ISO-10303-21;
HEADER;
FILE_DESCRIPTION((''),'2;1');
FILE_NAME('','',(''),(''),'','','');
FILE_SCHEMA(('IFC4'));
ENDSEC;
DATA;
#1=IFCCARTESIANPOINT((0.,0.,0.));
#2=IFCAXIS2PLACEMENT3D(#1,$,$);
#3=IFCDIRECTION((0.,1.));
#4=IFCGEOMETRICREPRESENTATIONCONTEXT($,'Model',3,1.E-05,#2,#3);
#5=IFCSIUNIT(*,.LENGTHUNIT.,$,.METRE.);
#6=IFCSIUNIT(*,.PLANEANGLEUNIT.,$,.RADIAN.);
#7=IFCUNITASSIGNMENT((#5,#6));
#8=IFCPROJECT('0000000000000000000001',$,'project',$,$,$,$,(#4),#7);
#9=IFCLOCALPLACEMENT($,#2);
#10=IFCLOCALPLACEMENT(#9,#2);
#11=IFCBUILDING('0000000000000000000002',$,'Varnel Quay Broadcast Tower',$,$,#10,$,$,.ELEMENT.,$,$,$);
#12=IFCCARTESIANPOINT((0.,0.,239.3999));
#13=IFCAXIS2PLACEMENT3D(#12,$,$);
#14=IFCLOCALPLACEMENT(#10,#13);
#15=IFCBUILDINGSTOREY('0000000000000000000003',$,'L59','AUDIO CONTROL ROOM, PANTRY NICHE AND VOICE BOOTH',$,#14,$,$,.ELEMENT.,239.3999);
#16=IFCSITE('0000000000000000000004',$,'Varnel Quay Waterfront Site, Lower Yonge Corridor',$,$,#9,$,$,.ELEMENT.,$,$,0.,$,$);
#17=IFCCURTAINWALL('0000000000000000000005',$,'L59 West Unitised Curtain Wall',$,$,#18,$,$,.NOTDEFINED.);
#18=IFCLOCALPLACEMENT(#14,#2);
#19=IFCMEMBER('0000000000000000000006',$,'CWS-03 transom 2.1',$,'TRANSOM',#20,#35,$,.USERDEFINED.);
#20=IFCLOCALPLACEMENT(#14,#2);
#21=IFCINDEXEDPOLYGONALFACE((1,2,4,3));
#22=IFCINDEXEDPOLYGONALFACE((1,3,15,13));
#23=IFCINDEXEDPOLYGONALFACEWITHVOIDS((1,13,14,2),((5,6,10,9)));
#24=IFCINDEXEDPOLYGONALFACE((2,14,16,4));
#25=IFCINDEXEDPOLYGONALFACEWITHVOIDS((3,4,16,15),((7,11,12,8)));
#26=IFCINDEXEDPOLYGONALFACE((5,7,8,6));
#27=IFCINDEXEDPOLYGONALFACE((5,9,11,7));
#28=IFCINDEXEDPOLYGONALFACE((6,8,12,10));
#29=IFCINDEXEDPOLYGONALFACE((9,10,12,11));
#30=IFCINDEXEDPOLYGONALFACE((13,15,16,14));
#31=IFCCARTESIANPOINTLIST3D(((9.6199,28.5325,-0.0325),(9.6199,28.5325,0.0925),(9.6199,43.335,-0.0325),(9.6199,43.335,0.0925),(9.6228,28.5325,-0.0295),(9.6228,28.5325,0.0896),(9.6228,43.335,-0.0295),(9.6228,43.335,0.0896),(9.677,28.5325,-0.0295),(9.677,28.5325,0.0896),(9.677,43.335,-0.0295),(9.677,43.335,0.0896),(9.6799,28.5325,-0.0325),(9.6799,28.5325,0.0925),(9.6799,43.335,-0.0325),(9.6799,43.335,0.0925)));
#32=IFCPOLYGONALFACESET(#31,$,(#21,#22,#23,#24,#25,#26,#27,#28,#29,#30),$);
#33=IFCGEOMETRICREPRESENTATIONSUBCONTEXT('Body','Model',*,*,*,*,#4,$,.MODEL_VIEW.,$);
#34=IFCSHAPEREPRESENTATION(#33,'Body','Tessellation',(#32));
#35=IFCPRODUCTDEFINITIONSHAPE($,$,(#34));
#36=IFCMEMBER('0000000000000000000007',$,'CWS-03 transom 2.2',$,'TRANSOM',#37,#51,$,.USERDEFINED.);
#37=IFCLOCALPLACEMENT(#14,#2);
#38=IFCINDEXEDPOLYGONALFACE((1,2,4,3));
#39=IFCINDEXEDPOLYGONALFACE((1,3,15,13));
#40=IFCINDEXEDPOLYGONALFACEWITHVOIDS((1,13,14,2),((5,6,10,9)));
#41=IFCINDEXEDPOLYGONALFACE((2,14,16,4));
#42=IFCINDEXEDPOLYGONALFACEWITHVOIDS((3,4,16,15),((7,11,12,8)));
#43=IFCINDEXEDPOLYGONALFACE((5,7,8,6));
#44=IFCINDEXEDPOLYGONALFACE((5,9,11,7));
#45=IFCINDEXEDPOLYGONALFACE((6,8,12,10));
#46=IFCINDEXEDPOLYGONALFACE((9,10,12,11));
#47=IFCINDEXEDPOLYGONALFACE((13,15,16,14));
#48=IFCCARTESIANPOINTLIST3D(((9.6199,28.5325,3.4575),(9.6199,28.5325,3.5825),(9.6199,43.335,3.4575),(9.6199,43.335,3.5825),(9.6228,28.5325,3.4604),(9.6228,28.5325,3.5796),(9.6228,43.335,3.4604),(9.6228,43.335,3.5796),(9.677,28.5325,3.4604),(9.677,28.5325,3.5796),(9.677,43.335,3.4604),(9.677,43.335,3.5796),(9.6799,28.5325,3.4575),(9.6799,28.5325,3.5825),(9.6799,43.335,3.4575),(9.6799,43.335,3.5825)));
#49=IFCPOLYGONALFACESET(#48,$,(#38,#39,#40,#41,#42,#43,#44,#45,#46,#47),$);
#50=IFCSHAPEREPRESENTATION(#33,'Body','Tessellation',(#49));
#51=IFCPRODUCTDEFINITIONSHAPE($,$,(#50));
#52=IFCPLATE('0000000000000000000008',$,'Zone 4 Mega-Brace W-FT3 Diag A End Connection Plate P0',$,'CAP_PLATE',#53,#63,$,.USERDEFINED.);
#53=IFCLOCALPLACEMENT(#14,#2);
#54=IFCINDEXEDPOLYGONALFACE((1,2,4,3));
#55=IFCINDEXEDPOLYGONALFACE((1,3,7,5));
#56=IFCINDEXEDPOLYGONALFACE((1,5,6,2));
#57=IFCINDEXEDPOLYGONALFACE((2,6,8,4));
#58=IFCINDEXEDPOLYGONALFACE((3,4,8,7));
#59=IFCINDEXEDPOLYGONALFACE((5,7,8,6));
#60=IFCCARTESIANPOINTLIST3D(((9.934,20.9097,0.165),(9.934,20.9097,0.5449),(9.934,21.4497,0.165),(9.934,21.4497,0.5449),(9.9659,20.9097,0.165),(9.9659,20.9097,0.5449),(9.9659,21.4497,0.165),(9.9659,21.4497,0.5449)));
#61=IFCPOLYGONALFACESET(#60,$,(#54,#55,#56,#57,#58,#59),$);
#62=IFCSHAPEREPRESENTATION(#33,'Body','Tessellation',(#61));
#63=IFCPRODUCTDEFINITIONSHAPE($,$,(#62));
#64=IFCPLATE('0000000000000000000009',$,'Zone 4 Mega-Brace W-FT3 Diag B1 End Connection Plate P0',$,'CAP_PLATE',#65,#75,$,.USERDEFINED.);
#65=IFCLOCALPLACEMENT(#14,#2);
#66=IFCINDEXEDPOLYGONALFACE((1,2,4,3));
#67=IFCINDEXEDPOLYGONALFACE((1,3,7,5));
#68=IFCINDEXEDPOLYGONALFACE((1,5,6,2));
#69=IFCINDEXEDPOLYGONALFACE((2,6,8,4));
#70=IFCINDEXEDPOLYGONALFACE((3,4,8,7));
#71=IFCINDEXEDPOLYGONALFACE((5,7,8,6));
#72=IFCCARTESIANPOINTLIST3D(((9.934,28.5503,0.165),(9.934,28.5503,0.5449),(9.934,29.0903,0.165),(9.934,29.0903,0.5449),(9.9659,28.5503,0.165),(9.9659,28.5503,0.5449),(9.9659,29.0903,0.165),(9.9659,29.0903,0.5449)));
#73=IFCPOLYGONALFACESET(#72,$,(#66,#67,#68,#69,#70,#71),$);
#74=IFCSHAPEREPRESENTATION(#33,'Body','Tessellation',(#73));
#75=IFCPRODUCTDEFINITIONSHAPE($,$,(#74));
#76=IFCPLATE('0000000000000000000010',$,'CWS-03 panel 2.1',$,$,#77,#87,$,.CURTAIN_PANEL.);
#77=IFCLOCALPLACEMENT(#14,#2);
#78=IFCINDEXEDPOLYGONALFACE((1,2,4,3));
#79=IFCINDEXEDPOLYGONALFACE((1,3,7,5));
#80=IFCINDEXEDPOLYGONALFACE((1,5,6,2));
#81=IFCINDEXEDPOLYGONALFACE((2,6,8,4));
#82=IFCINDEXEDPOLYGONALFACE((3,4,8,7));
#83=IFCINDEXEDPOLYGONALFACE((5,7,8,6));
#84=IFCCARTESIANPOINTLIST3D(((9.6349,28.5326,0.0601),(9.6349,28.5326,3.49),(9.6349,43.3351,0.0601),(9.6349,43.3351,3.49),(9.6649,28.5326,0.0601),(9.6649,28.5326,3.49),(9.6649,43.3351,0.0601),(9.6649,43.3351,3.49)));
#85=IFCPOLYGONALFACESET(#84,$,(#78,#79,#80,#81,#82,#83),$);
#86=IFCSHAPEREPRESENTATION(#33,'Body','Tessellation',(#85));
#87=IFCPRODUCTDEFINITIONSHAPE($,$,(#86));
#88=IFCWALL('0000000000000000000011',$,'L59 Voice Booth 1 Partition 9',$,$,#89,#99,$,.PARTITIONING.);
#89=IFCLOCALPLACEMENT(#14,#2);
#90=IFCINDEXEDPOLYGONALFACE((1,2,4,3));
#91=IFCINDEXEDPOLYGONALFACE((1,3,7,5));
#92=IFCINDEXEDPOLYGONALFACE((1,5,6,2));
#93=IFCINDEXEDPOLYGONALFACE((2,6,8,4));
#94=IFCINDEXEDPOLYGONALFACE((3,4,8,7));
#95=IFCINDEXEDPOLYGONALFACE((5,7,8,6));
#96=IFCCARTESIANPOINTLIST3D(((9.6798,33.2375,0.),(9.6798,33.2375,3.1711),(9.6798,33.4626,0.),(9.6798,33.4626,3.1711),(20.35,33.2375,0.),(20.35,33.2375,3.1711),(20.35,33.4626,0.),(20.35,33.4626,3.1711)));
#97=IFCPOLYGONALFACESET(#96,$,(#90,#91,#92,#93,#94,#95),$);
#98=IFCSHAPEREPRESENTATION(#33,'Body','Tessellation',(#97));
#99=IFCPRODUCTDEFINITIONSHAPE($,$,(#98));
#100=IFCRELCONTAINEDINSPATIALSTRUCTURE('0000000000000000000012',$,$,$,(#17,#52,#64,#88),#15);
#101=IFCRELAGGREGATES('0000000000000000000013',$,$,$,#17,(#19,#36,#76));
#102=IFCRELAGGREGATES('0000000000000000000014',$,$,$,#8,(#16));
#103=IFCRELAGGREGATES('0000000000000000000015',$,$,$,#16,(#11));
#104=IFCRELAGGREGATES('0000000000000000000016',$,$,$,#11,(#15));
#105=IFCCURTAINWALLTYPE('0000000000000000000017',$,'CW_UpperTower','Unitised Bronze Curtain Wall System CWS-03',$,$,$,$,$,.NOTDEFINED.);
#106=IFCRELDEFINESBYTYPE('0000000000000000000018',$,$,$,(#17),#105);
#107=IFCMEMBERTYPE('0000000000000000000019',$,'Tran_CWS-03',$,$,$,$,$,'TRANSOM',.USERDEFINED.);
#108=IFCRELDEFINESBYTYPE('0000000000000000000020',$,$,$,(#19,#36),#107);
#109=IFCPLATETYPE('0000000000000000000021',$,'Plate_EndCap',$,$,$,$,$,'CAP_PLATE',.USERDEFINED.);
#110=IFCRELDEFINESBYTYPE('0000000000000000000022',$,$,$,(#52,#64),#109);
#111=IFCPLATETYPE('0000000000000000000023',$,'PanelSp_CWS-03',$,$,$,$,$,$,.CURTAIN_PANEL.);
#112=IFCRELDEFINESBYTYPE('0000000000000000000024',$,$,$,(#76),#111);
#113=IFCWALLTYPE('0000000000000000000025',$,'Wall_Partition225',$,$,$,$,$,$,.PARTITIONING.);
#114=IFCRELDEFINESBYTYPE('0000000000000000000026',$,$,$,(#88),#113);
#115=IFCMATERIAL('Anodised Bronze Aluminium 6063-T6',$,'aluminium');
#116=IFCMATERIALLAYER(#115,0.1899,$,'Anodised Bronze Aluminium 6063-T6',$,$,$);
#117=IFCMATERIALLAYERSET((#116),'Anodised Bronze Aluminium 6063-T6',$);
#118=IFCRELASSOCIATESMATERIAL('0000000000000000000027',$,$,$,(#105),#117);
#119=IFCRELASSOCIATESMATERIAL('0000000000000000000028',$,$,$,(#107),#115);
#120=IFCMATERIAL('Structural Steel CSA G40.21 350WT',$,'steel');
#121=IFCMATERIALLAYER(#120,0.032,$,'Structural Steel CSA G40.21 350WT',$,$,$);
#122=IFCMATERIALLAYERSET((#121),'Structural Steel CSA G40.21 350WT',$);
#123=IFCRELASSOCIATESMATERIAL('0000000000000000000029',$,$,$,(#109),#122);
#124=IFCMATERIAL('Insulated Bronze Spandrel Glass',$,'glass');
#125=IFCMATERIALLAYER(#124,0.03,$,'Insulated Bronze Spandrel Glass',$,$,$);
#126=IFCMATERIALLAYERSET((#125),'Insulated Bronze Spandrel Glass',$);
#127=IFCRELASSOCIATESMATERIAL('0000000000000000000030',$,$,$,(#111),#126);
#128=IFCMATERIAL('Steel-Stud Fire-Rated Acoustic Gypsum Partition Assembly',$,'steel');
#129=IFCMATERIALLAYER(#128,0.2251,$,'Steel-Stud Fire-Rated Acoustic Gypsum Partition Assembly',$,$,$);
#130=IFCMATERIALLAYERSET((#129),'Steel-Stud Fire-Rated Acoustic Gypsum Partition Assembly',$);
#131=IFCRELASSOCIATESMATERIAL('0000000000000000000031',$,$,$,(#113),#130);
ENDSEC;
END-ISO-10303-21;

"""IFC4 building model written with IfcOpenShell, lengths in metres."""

from ifc_helpers import new_model, si_unit, direction, frame, frame_2d, origin, origin_2d, place, context, subcontext, project, spatial, rectangle, hollow_rectangle, extrude, source, transform, mapped, material, layer, layer_set, material_profile, profile_set, type_object, type_shapes, element, aggregate, save


model = new_model("IFC4")

# Units and contexts
model_context = context("Model", 3, precision=1e-05, world=origin(), true_north=direction((0.0, 1.0)))
body_context = subcontext(model_context, "Body", "Model", "MODEL_VIEW")
ifc_project = project(units=[si_unit("LENGTHUNIT", "METRE"), si_unit("PLANEANGLEUNIT", "RADIAN")], contexts=[model_context])

# Site, building, storey
site_placement = place(None, origin())
site = spatial("IfcSite", under=ifc_project, at=site_placement, Name="Varnel Quay Waterfront Site, Lower Yonge Corridor", CompositionType="ELEMENT", RefElevation=0.0)
building_placement = place(site_placement, origin())
building = spatial("IfcBuilding", under=site, at=building_placement, Name="Varnel Quay Broadcast Tower", CompositionType="ELEMENT")
storey_placement = place(building_placement, frame((0.0, 0.0, 239.3999)))
storey = spatial("IfcBuildingStorey", under=building, at=storey_placement, Name="L59", Description="AUDIO CONTROL ROOM, PANTRY NICHE AND VOICE BOOTH", CompositionType="ELEMENT", Elevation=239.3999)

# Curtain wall, members
ifc_material_1 = material(Name="Anodised Bronze Aluminium 6063-T6", Category="aluminium")
ifc_layer_1 = layer(ifc_material_1, 0.1899, Name="Anodised Bronze Aluminium 6063-T6")
ifc_layer_set_1 = layer_set([ifc_layer_1], Name="Anodised Bronze Aluminium 6063-T6")
curtain_wall_type = type_object("IfcCurtainWallType", Name="CW_UpperTower", Description="Unitised Bronze Curtain Wall System CWS-03", PredefinedType="NOTDEFINED", material=ifc_layer_set_1)
curtain_wall_placement = place(storey_placement, origin())
curtain_wall = element("IfcCurtainWall", 1, at=curtain_wall_placement, inside=storey, type_object=curtain_wall_type, Name="L59 West Unitised Curtain Wall", PredefinedType="NOTDEFINED")
ifc_material_profile_1 = material_profile(ifc_material_1, hollow_rectangle(XDim=0.0601, YDim=0.125, WallThickness=0.0029, at=origin_2d()), Name="ALU60X125X3")
ifc_profile_set_1 = profile_set([ifc_material_profile_1], Name="Anodised Bronze Aluminium 6063-T6")
member_type_1 = type_object("IfcMemberType", Name="Tran_CWS-03", ElementType="TRANSOM", PredefinedType="USERDEFINED", material=ifc_profile_set_1)
shared_shape_1 = source(origin(), body_context, "Body", "SweptSolid", [
    extrude(hollow_rectangle(XDim=0.0601, YDim=0.125, WallThickness=0.0029, at=origin_2d()), origin(), (0.0, 0.0, 1.0), 14.8025),
])
type_shapes(member_type_1, [shared_shape_1])
member_1_placement = place(storey_placement, frame((9.6499, 28.5325, 0.03), z_axis=(0.0, 1.0, 0.0), x_axis=(-1.0, 0.0, 0.0)))
member_1 = element("IfcMember", 2, at=member_1_placement, type_object=member_type_1, Name="CWS-03 transom 2.1", ObjectType="TRANSOM", PredefinedType="USERDEFINED", context=body_context, shape_type="MappedRepresentation", body=[
    mapped(shared_shape_1, transform((0.0, 0.0, 0.0), x_axis=(1.0, 0.0, 0.0), y_axis=(0.0, 1.0, 0.0), z_axis=(0.0, 0.0, 1.0), scale=1.0)),
])
member_2_placement = place(storey_placement, frame((9.6499, 28.5325, 3.52), z_axis=(0.0, 1.0, 0.0), x_axis=(-1.0, 0.0, 0.0)))
member_2 = element("IfcMember", 3, at=member_2_placement, type_object=member_type_1, Name="CWS-03 transom 2.2", ObjectType="TRANSOM", PredefinedType="USERDEFINED", context=body_context, shape_type="MappedRepresentation", body=[
    mapped(shared_shape_1, transform((0.0, 0.0, 0.0), x_axis=(1.0, 0.0, 0.0), y_axis=(0.0, 1.0, 0.0), z_axis=(0.0, 0.0, 1.0), scale=1.0)),
])

# Plates
ifc_material_2 = material(Name="Structural Steel CSA G40.21 350WT", Category="steel")
ifc_layer_2 = layer(ifc_material_2, 0.032, Name="Structural Steel CSA G40.21 350WT")
ifc_layer_set_2 = layer_set([ifc_layer_2], Name="Structural Steel CSA G40.21 350WT")
plate_type_1 = type_object("IfcPlateType", Name="Plate_EndCap", ElementType="CAP_PLATE", PredefinedType="USERDEFINED", material=ifc_layer_set_2)
shared_shape_2 = source(origin(), body_context, "Body", "SweptSolid", [
    extrude(rectangle(XDim=0.54, YDim=0.032, at=origin_2d()), origin(), (0.0, 0.0, 1.0), 0.3799),
])
type_shapes(plate_type_1, [shared_shape_2])
for number, where, z_axis, x_axis, name in (
    (4, (9.95, 21.1797, 0.165), (0.0, 0.0, 1.0), (0.0, 1.0, 0.0), "Zone 4 Mega-Brace W-FT3 Diag A End Connection Plate P0"),
    (5, (9.95, 28.8203, 0.165), (0.0, 0.0, 1.0), (0.0, 1.0, 0.0), "Zone 4 Mega-Brace W-FT3 Diag B1 End Connection Plate P0"),
):
    element("IfcPlate", number, at=place(storey_placement, frame(where, z_axis=z_axis, x_axis=x_axis)), inside=storey, type_object=plate_type_1, Name=name, ObjectType="CAP_PLATE", PredefinedType="USERDEFINED", context=body_context, shape_type="MappedRepresentation", body=[
        mapped(shared_shape_2, transform((0.0, 0.0, 0.0), x_axis=(1.0, 0.0, 0.0), y_axis=(0.0, 1.0, 0.0), z_axis=(0.0, 0.0, 1.0), scale=1.0)),
    ])

# Plate
ifc_material_3 = material(Name="Insulated Bronze Spandrel Glass", Category="glass")
ifc_layer_3 = layer(ifc_material_3, 0.03, Name="Insulated Bronze Spandrel Glass")
ifc_layer_set_3 = layer_set([ifc_layer_3], Name="Insulated Bronze Spandrel Glass")
plate_type_2 = type_object("IfcPlateType", Name="PanelSp_CWS-03", PredefinedType="CURTAIN_PANEL", material=ifc_layer_set_3)
shared_shape_3 = source(origin(), body_context, "Body", "SweptSolid", [
    extrude(rectangle(XDim=14.8025, YDim=0.03, at=origin_2d()), origin(), (0.0, 0.0, 1.0), 3.4299),
])
type_shapes(plate_type_2, [shared_shape_3])
plate_placement = place(storey_placement, frame((9.6499, 35.9338, 0.0601), z_axis=(0.0, 0.0, 1.0), x_axis=(0.0, 1.0, 0.0)))
plate = element("IfcPlate", 6, at=plate_placement, type_object=plate_type_2, Name="CWS-03 panel 2.1", PredefinedType="CURTAIN_PANEL", context=body_context, shape_type="MappedRepresentation", body=[
    mapped(shared_shape_3, transform((0.0, 0.0, 0.0), x_axis=(1.0, 0.0, 0.0), y_axis=(0.0, 1.0, 0.0), z_axis=(0.0, 0.0, 1.0), scale=1.0)),
])
aggregate(curtain_wall, [member_1, member_2, plate])

# Wall
ifc_material_4 = material(Name="Steel-Stud Fire-Rated Acoustic Gypsum Partition Assembly", Category="steel")
ifc_layer_4 = layer(ifc_material_4, 0.2251, Name="Steel-Stud Fire-Rated Acoustic Gypsum Partition Assembly")
ifc_layer_set_4 = layer_set([ifc_layer_4], Name="Steel-Stud Fire-Rated Acoustic Gypsum Partition Assembly")
wall_type = type_object("IfcWallType", Name="Wall_Partition225", PredefinedType="PARTITIONING", material=ifc_layer_set_4)
wall_placement = place(storey_placement, frame((9.6799, 33.3501, 0.0), z_axis=(0.0, 0.0, 1.0), x_axis=(1.0, 0.0, 0.0)))
element("IfcWall", 7, at=wall_placement, inside=storey, type_object=wall_type, Name="L59 Voice Booth 1 Partition 9", PredefinedType="PARTITIONING", context=body_context, shape_type="SweptSolid", body=[
    extrude(rectangle(XDim=10.6702, YDim=0.2251, at=frame_2d((5.335, 0.0))), origin(), (0.0, 0.0, 1.0), 3.1711),
])

save(model, "model.ifc")
